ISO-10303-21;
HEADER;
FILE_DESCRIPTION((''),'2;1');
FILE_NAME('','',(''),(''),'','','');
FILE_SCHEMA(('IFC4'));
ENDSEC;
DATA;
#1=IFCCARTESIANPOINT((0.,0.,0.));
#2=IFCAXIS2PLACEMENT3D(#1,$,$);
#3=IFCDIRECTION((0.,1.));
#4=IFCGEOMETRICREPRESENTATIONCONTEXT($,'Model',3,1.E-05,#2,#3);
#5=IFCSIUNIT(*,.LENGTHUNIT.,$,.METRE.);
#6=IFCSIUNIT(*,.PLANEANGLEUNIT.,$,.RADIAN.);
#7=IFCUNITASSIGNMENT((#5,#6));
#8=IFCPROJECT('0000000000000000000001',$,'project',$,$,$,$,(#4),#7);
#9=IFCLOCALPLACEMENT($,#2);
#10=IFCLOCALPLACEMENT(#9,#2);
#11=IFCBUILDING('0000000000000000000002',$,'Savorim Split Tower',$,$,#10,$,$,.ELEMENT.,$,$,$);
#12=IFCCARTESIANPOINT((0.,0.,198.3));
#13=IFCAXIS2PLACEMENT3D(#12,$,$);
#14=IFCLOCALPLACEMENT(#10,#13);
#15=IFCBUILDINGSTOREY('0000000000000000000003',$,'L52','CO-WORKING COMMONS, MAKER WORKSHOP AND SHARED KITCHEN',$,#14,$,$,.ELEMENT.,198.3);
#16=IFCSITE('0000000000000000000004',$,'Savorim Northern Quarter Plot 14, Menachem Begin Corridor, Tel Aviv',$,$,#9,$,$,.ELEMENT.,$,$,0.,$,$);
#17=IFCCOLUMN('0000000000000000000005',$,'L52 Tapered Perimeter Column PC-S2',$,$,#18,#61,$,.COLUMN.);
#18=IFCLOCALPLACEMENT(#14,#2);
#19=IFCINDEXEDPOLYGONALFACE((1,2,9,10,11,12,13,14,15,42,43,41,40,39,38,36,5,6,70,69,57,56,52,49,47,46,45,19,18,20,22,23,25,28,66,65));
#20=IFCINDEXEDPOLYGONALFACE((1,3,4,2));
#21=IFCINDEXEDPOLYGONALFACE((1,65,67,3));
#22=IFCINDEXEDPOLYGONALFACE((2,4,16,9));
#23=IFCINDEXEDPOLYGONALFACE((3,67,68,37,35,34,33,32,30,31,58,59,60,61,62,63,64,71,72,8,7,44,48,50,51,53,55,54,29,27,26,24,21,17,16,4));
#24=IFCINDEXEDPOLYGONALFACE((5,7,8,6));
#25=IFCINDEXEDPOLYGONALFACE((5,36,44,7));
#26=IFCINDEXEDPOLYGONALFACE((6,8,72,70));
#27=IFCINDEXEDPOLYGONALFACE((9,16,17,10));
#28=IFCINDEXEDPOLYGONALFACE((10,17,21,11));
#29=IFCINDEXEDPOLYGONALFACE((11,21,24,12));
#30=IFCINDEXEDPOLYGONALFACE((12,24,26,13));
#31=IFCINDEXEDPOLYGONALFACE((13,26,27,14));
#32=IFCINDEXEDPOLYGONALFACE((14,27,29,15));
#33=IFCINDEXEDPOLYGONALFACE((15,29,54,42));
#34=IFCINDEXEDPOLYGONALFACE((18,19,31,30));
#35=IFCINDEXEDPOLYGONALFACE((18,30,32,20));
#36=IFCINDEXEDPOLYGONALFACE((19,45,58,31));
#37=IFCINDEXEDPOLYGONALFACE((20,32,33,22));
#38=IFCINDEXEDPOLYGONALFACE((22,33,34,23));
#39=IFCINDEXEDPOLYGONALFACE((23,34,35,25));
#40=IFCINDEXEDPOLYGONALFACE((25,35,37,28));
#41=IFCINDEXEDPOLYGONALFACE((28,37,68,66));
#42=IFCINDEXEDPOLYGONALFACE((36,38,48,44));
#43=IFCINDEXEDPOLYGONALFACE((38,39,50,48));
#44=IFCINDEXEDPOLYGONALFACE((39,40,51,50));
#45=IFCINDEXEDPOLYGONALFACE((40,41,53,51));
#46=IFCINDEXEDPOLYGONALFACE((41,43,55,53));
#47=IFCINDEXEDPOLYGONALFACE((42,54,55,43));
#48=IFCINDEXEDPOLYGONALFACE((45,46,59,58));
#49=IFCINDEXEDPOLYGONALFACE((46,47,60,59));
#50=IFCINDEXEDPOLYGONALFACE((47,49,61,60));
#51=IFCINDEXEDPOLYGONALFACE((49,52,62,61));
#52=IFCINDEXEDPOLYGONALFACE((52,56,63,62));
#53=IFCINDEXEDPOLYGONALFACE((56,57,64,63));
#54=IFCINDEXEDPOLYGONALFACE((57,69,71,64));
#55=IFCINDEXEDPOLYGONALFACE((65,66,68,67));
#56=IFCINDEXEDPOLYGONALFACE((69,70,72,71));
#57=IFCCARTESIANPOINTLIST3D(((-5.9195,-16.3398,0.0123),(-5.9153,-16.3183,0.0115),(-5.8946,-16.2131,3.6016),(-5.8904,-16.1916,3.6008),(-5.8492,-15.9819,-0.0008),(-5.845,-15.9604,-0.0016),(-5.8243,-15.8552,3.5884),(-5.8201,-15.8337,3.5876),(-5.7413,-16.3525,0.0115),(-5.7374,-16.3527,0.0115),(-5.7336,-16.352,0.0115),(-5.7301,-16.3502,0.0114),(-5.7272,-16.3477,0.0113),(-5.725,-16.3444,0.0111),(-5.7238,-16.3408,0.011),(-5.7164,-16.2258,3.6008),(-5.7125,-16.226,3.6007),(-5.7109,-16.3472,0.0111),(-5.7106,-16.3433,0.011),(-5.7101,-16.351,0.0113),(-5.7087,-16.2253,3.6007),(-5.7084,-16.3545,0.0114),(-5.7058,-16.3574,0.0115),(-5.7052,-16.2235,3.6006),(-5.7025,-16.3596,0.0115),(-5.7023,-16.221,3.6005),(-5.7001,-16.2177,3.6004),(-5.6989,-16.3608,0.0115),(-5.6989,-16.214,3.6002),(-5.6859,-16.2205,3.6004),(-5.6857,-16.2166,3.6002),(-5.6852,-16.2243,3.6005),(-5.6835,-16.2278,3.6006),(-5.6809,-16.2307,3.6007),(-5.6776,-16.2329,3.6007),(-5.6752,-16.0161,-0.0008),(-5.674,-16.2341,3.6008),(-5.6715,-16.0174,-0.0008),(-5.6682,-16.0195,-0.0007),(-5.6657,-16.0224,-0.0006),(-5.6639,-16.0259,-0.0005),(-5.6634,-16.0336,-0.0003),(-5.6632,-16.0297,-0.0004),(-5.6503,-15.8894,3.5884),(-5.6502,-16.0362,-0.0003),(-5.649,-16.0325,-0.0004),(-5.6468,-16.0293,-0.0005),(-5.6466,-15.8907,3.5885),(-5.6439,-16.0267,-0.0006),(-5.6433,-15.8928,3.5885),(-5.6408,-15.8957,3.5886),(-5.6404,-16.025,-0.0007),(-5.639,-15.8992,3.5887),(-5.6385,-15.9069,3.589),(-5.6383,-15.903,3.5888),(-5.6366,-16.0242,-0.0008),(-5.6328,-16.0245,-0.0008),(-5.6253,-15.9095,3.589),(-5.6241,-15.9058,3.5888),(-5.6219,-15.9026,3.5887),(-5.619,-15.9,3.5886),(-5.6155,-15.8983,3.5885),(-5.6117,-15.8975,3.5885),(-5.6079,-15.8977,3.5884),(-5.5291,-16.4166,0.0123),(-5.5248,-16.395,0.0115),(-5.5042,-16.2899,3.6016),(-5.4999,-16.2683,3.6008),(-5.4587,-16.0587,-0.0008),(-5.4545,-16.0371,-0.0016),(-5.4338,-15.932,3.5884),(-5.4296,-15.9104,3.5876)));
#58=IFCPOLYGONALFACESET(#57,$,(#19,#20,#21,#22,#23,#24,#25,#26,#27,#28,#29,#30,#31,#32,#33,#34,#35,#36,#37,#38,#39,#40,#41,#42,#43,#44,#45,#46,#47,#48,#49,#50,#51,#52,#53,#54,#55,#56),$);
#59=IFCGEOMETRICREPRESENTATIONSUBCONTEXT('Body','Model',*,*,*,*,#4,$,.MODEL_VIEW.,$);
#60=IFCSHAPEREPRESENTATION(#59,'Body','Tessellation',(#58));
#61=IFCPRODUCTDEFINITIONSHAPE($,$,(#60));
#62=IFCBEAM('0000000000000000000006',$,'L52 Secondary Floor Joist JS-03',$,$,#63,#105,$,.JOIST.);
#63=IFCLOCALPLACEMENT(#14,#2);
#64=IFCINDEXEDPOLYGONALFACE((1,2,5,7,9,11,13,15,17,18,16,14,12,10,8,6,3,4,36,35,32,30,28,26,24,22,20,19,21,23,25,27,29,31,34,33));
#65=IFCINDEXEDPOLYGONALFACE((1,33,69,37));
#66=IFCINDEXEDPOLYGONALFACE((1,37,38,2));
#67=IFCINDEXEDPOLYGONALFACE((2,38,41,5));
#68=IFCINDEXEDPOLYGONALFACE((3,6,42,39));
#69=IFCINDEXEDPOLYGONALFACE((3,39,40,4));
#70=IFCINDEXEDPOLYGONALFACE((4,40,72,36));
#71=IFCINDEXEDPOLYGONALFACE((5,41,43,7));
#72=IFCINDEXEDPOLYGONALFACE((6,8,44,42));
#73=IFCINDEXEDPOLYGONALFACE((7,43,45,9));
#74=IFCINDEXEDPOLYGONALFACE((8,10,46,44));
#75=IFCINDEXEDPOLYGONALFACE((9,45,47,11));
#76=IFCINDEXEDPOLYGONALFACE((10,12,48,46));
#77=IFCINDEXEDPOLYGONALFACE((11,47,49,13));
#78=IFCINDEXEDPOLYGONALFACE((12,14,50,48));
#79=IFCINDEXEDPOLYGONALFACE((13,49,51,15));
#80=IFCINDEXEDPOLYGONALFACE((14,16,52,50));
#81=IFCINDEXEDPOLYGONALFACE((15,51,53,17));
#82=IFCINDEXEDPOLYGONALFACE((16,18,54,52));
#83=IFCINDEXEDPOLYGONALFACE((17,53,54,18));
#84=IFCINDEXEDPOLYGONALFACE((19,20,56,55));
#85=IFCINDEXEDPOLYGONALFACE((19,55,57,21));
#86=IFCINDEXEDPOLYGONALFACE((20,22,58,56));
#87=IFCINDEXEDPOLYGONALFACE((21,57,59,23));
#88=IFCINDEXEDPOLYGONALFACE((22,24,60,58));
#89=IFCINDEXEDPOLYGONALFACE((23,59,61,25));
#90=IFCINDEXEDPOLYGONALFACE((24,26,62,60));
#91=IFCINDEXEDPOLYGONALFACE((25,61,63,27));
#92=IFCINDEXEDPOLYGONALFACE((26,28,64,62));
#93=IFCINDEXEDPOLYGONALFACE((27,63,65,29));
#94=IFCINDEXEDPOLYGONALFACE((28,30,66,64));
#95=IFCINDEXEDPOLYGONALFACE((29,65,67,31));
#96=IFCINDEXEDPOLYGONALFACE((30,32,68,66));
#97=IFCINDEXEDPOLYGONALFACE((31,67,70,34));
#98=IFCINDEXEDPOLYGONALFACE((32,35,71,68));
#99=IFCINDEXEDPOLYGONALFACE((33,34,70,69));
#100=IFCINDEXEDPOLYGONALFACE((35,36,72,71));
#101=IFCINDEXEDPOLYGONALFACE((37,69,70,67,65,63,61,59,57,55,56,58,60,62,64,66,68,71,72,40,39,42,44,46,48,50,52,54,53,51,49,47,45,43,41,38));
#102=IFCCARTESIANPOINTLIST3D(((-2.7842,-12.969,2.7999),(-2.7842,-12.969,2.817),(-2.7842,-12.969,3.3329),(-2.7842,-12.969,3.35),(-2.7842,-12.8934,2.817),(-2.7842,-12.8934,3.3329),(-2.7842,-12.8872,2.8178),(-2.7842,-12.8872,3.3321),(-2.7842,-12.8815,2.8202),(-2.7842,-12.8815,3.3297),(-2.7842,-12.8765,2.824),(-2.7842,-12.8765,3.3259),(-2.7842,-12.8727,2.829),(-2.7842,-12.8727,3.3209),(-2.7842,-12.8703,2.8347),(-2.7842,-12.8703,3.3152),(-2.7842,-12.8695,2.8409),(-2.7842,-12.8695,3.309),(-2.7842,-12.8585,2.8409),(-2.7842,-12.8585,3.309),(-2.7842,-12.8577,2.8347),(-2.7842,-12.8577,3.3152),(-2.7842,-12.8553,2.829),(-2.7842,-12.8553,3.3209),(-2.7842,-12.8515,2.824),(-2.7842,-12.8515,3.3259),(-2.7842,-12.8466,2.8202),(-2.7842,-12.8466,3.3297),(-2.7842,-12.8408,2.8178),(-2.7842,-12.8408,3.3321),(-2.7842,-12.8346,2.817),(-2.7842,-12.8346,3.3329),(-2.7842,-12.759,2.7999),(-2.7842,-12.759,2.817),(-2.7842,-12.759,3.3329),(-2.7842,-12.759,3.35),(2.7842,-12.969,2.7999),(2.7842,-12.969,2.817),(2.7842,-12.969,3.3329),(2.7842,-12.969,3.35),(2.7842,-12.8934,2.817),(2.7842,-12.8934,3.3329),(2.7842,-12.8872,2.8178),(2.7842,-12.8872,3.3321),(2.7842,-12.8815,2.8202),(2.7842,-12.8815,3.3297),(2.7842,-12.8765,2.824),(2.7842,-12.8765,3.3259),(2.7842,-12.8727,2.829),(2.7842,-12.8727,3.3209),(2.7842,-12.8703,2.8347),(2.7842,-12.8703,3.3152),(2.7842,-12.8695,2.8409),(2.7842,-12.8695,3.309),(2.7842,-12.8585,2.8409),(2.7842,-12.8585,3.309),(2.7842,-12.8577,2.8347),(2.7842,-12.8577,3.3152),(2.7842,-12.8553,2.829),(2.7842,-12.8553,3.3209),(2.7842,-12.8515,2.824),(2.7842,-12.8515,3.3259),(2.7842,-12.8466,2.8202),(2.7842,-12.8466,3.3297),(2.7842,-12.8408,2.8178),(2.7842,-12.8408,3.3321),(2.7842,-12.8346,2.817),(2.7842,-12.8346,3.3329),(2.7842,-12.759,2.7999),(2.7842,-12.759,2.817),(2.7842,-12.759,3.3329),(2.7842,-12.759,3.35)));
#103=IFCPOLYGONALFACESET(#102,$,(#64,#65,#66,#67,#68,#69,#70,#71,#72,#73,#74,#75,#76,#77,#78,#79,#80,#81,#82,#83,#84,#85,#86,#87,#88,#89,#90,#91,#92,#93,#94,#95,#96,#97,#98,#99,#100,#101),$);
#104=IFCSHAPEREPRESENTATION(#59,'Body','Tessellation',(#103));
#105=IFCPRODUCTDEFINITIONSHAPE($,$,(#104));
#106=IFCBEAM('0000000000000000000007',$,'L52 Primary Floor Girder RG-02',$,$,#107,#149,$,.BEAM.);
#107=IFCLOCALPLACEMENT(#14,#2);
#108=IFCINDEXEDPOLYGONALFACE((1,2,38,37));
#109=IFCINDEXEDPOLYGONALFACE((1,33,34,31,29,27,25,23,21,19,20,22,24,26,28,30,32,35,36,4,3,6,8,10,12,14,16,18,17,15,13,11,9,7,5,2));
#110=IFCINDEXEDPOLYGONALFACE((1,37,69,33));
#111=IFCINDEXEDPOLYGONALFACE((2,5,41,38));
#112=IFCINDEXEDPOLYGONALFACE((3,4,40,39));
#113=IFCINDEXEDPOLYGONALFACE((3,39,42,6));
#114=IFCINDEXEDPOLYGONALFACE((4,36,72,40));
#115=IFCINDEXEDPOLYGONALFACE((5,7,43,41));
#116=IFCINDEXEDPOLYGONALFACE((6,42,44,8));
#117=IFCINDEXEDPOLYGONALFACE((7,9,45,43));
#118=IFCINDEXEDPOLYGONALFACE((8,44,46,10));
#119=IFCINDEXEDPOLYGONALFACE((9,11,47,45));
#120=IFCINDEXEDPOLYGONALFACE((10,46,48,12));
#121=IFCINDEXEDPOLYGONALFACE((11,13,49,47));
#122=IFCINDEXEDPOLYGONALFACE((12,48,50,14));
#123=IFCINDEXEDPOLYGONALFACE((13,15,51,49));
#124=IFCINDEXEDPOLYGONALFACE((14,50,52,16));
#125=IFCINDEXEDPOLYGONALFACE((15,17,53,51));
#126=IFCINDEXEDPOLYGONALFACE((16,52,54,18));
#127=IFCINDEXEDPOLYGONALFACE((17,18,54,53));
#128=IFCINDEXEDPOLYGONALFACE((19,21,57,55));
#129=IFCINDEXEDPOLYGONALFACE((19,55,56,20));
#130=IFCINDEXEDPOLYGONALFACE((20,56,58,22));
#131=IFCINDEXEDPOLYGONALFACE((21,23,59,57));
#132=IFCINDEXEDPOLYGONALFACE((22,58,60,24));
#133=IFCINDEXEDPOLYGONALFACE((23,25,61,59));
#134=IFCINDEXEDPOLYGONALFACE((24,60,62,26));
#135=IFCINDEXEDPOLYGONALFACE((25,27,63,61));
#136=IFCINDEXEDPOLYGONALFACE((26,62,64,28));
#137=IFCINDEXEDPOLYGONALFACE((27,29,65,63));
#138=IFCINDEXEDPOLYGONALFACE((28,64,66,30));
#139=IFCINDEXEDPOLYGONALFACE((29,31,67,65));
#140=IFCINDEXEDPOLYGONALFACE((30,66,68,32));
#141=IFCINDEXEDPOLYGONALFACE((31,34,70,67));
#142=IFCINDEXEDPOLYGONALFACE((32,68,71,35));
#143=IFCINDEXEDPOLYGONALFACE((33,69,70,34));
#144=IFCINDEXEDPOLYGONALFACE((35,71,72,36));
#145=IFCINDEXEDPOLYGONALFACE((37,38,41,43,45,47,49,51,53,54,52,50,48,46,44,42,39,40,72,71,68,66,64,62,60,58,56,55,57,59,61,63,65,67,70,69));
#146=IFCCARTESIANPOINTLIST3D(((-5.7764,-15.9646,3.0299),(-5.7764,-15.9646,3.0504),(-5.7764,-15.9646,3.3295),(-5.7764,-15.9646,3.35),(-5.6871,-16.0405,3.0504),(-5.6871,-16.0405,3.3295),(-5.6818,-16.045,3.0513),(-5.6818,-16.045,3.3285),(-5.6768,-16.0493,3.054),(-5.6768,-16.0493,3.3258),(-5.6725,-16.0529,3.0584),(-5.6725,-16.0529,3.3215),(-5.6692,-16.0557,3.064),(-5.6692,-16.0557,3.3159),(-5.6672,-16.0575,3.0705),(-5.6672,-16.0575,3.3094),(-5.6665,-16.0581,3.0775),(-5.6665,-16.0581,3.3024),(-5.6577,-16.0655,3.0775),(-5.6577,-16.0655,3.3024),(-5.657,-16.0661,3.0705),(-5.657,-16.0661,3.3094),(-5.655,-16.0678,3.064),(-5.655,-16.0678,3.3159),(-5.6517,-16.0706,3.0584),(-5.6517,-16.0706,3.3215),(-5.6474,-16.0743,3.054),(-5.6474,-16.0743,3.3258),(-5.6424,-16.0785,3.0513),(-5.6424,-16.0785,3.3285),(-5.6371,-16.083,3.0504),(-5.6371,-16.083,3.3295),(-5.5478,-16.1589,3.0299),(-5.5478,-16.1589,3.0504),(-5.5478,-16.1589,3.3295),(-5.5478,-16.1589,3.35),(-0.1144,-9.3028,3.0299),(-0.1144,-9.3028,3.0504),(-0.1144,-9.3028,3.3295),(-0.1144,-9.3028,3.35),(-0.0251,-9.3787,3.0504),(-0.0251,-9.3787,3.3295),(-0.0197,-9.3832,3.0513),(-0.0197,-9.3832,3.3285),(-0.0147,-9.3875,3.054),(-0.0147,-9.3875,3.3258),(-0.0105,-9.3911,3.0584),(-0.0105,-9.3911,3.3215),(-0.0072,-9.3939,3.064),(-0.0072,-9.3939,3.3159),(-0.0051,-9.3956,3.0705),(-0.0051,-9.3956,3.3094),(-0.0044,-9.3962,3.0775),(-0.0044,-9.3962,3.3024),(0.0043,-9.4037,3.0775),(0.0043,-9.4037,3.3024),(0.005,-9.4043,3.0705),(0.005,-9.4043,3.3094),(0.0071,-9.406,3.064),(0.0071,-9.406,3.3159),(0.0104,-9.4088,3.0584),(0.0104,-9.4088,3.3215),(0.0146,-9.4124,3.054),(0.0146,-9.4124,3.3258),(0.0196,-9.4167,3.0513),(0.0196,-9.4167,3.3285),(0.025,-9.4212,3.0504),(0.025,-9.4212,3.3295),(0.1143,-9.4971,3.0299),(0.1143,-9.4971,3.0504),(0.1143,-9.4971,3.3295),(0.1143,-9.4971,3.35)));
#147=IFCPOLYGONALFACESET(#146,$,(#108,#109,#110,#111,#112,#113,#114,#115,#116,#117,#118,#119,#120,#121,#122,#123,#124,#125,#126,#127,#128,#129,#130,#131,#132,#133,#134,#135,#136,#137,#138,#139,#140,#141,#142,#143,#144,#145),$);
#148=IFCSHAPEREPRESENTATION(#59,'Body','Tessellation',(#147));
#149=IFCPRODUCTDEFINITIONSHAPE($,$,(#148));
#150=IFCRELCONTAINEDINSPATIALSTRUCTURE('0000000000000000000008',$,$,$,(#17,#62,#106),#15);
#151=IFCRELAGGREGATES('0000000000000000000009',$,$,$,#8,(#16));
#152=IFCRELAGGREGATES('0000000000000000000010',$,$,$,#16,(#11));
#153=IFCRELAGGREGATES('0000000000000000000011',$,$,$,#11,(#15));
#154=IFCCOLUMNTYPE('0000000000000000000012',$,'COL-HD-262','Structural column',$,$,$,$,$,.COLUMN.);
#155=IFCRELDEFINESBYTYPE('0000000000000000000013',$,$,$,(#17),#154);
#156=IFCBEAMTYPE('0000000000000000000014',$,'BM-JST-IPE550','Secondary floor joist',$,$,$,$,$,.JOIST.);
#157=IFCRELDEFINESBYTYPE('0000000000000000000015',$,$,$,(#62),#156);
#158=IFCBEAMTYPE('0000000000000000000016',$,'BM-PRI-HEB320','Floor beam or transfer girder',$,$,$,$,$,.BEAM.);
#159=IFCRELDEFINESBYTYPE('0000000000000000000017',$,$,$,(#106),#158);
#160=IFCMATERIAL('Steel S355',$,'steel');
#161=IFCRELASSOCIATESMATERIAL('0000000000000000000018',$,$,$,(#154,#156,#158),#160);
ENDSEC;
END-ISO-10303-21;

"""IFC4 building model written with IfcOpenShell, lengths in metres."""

from ifc_helpers import new_model, si_unit, direction, frame, origin, origin_2d, place, context, subcontext, project, spatial, i_section, extrude, material, material_profile, profile_set, type_object, element, save


model = new_model("IFC4")

# Units and contexts
model_context = context("Model", 3, precision=1e-05, world=origin(), true_north=direction((0.0, 1.0)))
body_context = subcontext(model_context, "Body", "Model", "MODEL_VIEW")
ifc_project = project(units=[si_unit("LENGTHUNIT", "METRE"), si_unit("PLANEANGLEUNIT", "RADIAN")], contexts=[model_context])

# Site, building, storey
site_placement = place(None, origin())
site = spatial("IfcSite", under=ifc_project, at=site_placement, Name="Savorim Northern Quarter Plot 14, Menachem Begin Corridor, Tel Aviv", CompositionType="ELEMENT", RefElevation=0.0)
building_placement = place(site_placement, origin())
building = spatial("IfcBuilding", under=site, at=building_placement, Name="Savorim Split Tower", CompositionType="ELEMENT")
storey_placement = place(building_placement, frame((0.0, 0.0, 198.3)))
storey = spatial("IfcBuildingStorey", under=building, at=storey_placement, Name="L52", Description="CO-WORKING COMMONS, MAKER WORKSHOP AND SHARED KITCHEN", CompositionType="ELEMENT", Elevation=198.3)

# Column
ifc_material_1 = material(Name="Steel S355", Category="steel")
ifc_material_profile_1 = material_profile(ifc_material_1, i_section(OverallWidth=0.3979, OverallDepth=0.387, WebThickness=0.0134, FlangeThickness=0.022, FilletRadius=0.0149, at=origin_2d()), Name="HD 400x262")
ifc_profile_set_1 = profile_set([ifc_material_profile_1], Name="Steel S355")
column_type = type_object("IfcColumnType", Name="COL-HD-262", Description="Structural column", PredefinedType="COLUMN", material=ifc_profile_set_1)
column_placement = place(storey_placement, frame((-5.687, -16.1885, 0.0054), z_axis=(0.006934, 0.035281, 0.999353), x_axis=(-0.98123, 0.192843, 0.0)))
element("IfcColumn", 1, at=column_placement, inside=storey, type_object=column_type, Name="L52 Tapered Perimeter Column PC-S2", PredefinedType="COLUMN", context=body_context, shape_type="SweptSolid", body=[
    extrude(i_section(OverallWidth=0.3979, OverallDepth=0.387, WebThickness=0.0134, FlangeThickness=0.022, FilletRadius=0.0149, at=origin_2d()), origin(), (0.0, 0.0, 1.0), 3.5916),
])

# Beams
ifc_material_profile_2 = material_profile(ifc_material_1, i_section(OverallWidth=0.21, OverallDepth=0.55, WebThickness=0.011, FlangeThickness=0.0171, FilletRadius=0.0239, at=origin_2d()), Name="IPE 550")
ifc_profile_set_2 = profile_set([ifc_material_profile_2], Name="Steel S355")
beam_type_1 = type_object("IfcBeamType", Name="BM-JST-IPE550", Description="Secondary floor joist", PredefinedType="JOIST", material=ifc_profile_set_2)
beam_1_placement = place(storey_placement, frame((-2.7842, -12.864, 3.075), z_axis=(1.0, 0.0, 0.0), x_axis=(0.0, 1.0, 0.0)))
element("IfcBeam", 2, at=beam_1_placement, inside=storey, type_object=beam_type_1, Name="L52 Secondary Floor Joist JS-03", PredefinedType="JOIST", context=body_context, shape_type="SweptSolid", body=[
    extrude(i_section(OverallWidth=0.21, OverallDepth=0.55, WebThickness=0.011, FlangeThickness=0.0171, FilletRadius=0.0239, at=origin_2d()), origin(), (0.0, 0.0, 1.0), 5.5684),
])
ifc_material_profile_3 = material_profile(ifc_material_1, i_section(OverallWidth=0.3, OverallDepth=0.3201, WebThickness=0.0115, FlangeThickness=0.0205, FilletRadius=0.0271, at=origin_2d()), Name="HEB 320")
ifc_profile_set_3 = profile_set([ifc_material_profile_3], Name="Steel S355")
beam_type_2 = type_object("IfcBeamType", Name="BM-PRI-HEB320", Description="Floor beam or transfer girder", PredefinedType="BEAM", material=ifc_profile_set_3)
beam_2_placement = place(storey_placement, frame((-5.6621, -16.0618, 3.1899), z_axis=(0.647617, 0.761966, 0.0), x_axis=(-0.761966, 0.647617, 0.0)))
element("IfcBeam", 3, at=beam_2_placement, inside=storey, type_object=beam_type_2, Name="L52 Primary Floor Girder RG-02", PredefinedType="BEAM", context=body_context, shape_type="SweptSolid", body=[
    extrude(i_section(OverallWidth=0.3, OverallDepth=0.3201, WebThickness=0.0115, FlangeThickness=0.0205, FilletRadius=0.0271, at=origin_2d()), origin(), (0.0, 0.0, 1.0), 8.7429),
])

save(model, "model.ifc")
